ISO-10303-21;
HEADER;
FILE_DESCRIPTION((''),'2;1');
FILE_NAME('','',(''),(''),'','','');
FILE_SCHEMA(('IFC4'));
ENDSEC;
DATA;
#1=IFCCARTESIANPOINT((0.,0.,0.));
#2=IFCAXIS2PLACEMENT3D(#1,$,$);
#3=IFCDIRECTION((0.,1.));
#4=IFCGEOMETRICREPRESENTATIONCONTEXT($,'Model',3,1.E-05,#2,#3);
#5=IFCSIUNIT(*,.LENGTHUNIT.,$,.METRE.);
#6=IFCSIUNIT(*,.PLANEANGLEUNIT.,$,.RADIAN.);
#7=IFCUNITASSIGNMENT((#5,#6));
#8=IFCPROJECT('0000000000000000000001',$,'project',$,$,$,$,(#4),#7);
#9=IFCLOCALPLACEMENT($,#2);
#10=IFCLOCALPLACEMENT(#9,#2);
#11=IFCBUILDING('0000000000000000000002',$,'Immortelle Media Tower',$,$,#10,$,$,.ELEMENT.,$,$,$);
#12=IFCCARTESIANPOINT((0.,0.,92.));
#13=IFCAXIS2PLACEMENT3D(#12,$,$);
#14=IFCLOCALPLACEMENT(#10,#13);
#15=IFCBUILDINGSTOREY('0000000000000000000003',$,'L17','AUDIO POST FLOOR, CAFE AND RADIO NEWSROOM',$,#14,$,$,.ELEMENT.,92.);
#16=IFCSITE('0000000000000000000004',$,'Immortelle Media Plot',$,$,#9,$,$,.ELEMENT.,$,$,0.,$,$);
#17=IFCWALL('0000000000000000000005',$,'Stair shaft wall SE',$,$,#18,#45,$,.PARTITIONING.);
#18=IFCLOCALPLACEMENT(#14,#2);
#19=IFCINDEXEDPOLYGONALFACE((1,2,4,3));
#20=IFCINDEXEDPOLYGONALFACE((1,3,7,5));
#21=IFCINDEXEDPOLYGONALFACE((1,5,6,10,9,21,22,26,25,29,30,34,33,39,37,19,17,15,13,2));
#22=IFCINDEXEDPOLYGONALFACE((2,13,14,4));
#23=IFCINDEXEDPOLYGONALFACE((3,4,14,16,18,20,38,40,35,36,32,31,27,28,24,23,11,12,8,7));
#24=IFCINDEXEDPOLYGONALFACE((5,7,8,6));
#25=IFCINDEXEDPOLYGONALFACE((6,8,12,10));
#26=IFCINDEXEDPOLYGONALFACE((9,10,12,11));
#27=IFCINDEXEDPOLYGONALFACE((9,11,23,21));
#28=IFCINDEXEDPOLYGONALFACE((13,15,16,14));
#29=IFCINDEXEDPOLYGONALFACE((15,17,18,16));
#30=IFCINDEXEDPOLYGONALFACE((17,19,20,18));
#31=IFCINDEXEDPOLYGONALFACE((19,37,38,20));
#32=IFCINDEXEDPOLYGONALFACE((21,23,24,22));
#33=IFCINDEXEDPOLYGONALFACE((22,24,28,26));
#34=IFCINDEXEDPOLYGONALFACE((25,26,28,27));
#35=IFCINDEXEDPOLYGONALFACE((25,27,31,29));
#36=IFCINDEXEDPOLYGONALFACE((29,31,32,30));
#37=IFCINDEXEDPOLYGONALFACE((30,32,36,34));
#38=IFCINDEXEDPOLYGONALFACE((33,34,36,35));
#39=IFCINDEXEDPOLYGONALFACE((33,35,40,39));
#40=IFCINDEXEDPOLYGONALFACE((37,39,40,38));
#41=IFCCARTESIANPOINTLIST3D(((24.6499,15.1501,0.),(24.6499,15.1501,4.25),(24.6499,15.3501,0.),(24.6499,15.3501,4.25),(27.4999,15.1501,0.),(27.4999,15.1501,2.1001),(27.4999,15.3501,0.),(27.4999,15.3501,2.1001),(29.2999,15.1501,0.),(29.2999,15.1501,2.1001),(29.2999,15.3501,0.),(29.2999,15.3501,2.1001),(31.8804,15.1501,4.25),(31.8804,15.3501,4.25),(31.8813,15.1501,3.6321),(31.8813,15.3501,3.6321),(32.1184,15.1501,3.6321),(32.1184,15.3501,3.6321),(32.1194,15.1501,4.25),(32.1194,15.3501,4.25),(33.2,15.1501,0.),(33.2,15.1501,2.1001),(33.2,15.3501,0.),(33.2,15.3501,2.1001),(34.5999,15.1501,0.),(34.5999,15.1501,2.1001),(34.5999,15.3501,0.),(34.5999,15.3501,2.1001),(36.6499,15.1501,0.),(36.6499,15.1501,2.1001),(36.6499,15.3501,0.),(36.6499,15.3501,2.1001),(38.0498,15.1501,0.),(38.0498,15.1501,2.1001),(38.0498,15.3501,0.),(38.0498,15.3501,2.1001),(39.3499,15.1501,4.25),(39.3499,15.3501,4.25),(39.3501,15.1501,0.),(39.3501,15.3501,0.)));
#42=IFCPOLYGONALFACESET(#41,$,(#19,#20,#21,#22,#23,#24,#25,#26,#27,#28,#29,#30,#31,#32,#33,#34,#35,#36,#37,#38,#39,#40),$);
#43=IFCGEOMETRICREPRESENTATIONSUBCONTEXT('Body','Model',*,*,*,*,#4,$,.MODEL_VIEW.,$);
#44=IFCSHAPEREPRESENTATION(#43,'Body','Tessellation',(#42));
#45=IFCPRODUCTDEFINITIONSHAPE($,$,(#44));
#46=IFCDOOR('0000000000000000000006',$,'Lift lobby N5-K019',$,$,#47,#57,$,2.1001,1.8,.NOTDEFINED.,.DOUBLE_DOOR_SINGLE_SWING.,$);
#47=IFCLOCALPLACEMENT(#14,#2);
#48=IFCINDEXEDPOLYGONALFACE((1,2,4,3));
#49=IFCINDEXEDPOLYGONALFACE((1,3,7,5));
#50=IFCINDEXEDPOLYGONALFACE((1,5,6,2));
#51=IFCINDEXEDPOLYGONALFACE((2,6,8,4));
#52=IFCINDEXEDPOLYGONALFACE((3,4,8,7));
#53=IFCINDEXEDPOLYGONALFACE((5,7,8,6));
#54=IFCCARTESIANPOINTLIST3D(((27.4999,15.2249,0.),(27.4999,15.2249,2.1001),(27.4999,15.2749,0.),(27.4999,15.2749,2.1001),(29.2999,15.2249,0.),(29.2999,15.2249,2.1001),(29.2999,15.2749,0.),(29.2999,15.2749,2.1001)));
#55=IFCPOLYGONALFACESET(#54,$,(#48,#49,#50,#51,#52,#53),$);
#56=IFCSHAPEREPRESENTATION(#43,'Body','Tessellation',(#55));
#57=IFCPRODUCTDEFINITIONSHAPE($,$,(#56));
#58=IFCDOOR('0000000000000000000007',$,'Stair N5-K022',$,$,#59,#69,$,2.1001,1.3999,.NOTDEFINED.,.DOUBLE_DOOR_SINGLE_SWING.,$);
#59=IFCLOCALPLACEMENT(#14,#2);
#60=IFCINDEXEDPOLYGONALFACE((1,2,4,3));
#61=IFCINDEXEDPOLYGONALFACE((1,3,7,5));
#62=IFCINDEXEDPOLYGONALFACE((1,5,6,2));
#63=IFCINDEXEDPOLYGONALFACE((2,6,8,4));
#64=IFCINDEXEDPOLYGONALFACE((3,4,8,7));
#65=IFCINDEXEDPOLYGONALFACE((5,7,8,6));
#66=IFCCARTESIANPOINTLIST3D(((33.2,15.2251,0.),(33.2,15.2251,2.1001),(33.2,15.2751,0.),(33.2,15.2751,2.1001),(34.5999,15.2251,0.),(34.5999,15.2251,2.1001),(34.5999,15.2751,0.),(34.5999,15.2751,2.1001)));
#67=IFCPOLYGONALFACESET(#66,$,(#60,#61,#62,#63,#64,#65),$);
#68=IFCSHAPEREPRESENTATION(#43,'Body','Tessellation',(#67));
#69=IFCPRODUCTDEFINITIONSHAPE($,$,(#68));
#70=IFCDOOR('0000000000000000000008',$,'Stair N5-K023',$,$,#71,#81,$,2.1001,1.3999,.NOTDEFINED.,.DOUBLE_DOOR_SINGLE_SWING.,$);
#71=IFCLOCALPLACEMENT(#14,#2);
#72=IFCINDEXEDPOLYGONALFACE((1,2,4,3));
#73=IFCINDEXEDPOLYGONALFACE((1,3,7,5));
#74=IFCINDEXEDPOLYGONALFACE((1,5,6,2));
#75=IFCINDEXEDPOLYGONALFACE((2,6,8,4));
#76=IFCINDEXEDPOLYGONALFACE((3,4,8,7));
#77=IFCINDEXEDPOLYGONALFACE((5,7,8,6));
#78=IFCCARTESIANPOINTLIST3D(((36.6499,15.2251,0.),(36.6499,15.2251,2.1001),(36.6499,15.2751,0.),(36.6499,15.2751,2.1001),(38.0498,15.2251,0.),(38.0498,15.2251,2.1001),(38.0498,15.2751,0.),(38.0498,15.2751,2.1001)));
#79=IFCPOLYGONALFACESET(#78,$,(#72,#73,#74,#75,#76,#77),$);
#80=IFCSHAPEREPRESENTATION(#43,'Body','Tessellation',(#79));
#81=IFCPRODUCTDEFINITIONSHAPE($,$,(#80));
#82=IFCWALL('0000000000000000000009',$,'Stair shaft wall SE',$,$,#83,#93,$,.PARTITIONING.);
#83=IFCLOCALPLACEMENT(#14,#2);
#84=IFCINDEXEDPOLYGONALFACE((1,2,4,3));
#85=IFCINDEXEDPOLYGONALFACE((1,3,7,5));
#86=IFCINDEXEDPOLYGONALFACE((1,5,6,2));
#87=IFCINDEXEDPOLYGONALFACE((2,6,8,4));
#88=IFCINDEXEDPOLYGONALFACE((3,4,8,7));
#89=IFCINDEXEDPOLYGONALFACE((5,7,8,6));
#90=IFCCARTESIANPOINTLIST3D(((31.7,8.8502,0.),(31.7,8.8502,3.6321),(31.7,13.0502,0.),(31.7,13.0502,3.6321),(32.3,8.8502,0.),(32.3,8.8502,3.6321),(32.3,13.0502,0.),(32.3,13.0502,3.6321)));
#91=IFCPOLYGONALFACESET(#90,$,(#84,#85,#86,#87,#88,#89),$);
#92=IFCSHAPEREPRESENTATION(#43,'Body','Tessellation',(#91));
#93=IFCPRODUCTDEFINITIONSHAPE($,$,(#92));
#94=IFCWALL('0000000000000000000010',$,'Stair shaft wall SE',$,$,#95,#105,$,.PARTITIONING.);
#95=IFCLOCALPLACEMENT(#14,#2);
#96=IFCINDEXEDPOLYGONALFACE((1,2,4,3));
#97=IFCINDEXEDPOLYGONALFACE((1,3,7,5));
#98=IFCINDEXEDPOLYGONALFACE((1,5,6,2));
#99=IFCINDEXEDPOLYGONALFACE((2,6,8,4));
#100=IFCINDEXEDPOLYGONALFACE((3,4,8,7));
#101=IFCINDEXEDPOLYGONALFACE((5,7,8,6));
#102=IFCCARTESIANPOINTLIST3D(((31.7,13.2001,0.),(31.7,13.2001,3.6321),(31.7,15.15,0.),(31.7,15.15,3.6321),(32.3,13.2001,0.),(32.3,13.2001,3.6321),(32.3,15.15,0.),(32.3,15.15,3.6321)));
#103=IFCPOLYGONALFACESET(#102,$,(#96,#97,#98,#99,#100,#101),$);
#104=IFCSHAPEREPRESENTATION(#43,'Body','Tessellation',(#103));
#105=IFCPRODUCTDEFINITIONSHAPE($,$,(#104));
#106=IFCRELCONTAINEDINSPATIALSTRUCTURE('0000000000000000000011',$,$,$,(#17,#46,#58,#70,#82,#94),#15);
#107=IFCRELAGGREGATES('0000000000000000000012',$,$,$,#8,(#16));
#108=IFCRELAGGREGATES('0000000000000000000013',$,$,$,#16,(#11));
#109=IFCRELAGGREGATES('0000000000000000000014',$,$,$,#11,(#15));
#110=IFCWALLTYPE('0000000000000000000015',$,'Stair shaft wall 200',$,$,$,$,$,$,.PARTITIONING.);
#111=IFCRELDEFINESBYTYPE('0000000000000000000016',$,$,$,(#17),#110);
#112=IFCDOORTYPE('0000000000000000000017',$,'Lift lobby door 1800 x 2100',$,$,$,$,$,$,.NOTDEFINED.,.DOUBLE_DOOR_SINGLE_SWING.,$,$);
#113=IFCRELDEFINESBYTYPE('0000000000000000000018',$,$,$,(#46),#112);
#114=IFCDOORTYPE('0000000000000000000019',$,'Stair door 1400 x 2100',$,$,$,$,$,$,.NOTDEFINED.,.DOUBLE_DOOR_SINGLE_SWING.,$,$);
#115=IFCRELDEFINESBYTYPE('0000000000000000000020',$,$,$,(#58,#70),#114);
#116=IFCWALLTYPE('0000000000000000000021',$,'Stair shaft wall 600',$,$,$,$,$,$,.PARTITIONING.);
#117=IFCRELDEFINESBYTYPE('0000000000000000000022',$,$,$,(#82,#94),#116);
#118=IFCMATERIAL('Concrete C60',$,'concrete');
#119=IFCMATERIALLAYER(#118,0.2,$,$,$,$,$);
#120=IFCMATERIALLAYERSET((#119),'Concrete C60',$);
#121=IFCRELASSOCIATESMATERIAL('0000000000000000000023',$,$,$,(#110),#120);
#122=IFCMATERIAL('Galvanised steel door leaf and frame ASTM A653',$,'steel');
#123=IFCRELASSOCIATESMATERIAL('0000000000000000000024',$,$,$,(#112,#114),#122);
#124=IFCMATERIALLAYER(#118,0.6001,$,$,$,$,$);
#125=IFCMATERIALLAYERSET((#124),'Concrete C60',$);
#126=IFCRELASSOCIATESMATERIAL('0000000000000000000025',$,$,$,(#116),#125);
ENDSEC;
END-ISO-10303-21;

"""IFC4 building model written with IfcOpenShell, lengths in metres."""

from ifc_helpers import new_model, si_unit, direction, frame, frame_2d, origin, place, context, subcontext, project, spatial, polyline, rectangle, outline, extrude, material, layer, layer_set, type_object, element, fill, save


model = new_model("IFC4")

# Units and contexts
model_context = context("Model", 3, precision=1e-05, world=origin(), true_north=direction((0.0, 1.0)))
body_context = subcontext(model_context, "Body", "Model", "MODEL_VIEW")
ifc_project = project(units=[si_unit("LENGTHUNIT", "METRE"), si_unit("PLANEANGLEUNIT", "RADIAN")], contexts=[model_context])

# Site, building, storey
site_placement = place(None, origin())
site = spatial("IfcSite", under=ifc_project, at=site_placement, Name="Immortelle Media Plot", CompositionType="ELEMENT", RefElevation=0.0)
building_placement = place(site_placement, origin())
building = spatial("IfcBuilding", under=site, at=building_placement, Name="Immortelle Media Tower", CompositionType="ELEMENT")
storey_placement = place(building_placement, frame((0.0, 0.0, 92.0)))
storey = spatial("IfcBuildingStorey", under=building, at=storey_placement, Name="L17", Description="AUDIO POST FLOOR, CAFE AND RADIO NEWSROOM", CompositionType="ELEMENT", Elevation=92.0)

# Shared definitions
ifc_material_1 = material(Name="Galvanised steel door leaf and frame ASTM A653", Category="steel")

# Wall, openings, doors
ifc_material_2 = material(Name="Concrete C60", Category="concrete")
ifc_layer_1 = layer(ifc_material_2, 0.2)
ifc_layer_set_1 = layer_set([ifc_layer_1], Name="Concrete C60")
wall_type_1 = type_object("IfcWallType", Name="Stair shaft wall 200", PredefinedType="PARTITIONING", material=ifc_layer_set_1)
wall_1_placement = place(storey_placement, frame((24.6499, 15.25, 0.0), z_axis=(0.0, 0.0, 1.0), x_axis=(1.0, 0.0, 0.0)))
wall_1 = element("IfcWall", 1, at=wall_1_placement, inside=storey, type_object=wall_type_1, Name="Stair shaft wall SE", PredefinedType="PARTITIONING", context=body_context, shape_type="SweptSolid", body=[
    extrude(outline(polyline([(0.0, 0.0), (14.7002, 0.0), (14.7, 4.25), (7.4695, 4.25), (7.4685, 3.6321), (7.2314, 3.6321), (7.2305, 4.25), (0.0, 4.25), (0.0, 0.0)])), frame((0.0, 0.1001, 0.0), z_axis=(0.0, -1.0, 0.0), x_axis=(1.0, 0.0, 0.0)), (0.0, 0.0, 1.0), 0.2),
])
opening_1_placement = place(wall_1_placement, frame((2.8501, 0.0, 0.0)))
opening_1 = element("IfcOpeningElement", 2, at=opening_1_placement, cuts=wall_1, PredefinedType="OPENING", context=body_context, shape_type="SweptSolid", body=[
    extrude(rectangle(XDim=1.8, YDim=2.1001, at=frame_2d((0.8999, 1.05))), frame((0.0, 0.1099, 0.0), z_axis=(0.0, -1.0, 0.0), x_axis=(1.0, 0.0, 0.0)), (0.0, 0.0, 1.0), 0.22),
])
opening_2_placement = place(wall_1_placement, frame((9.95, 0.0, 0.0), z_axis=(0.0, 0.0, 1.0), x_axis=(-1.0, 0.0, 0.0)))
opening_2 = element("IfcOpeningElement", 3, at=opening_2_placement, cuts=wall_1, PredefinedType="OPENING", context=body_context, shape_type="SweptSolid", body=[
    extrude(rectangle(XDim=1.3999, YDim=2.1001, at=frame_2d((0.7, 1.05))), frame((0.0, 0.1099, 0.0), z_axis=(0.0, -1.0, 0.0), x_axis=(1.0, 0.0, 0.0)), (0.0, 0.0, 1.0), 0.22),
])
opening_3_placement = place(wall_1_placement, frame((13.3999, 0.0, 0.0), z_axis=(0.0, 0.0, 1.0), x_axis=(-1.0, 0.0, 0.0)))
opening_3 = element("IfcOpeningElement", 4, at=opening_3_placement, cuts=wall_1, PredefinedType="OPENING", context=body_context, shape_type="SweptSolid", body=[
    extrude(rectangle(XDim=1.3999, YDim=2.1001, at=frame_2d((0.7, 1.05))), frame((0.0, 0.1099, 0.0), z_axis=(0.0, -1.0, 0.0), x_axis=(1.0, 0.0, 0.0)), (0.0, 0.0, 1.0), 0.22),
])
door_type_1 = type_object("IfcDoorType", Name="Lift lobby door 1800 x 2100", OperationType="DOUBLE_DOOR_SINGLE_SWING", PredefinedType="NOTDEFINED", material=ifc_material_1)
door_1_placement = place(opening_1_placement, origin())
door_1 = element("IfcDoor", 5, at=door_1_placement, inside=storey, type_object=door_type_1, Name="Lift lobby N5-K019", OperationType="DOUBLE_DOOR_SINGLE_SWING", OverallHeight=2.1001, OverallWidth=1.8, PredefinedType="NOTDEFINED", context=body_context, shape_type="SweptSolid", body=[
    extrude(rectangle(XDim=1.8, YDim=2.1001, at=frame_2d((0.8999, 1.05))), frame((0.0, 0.0249, 0.0), z_axis=(0.0, -1.0, 0.0), x_axis=(1.0, 0.0, 0.0)), (0.0, 0.0, 1.0), 0.05),
])
fill(opening_1, door_1)
door_type_2 = type_object("IfcDoorType", Name="Stair door 1400 x 2100", OperationType="DOUBLE_DOOR_SINGLE_SWING", PredefinedType="NOTDEFINED", material=ifc_material_1)
door_2_placement = place(opening_2_placement, origin())
door_2 = element("IfcDoor", 6, at=door_2_placement, inside=storey, type_object=door_type_2, Name="Stair N5-K022", OperationType="DOUBLE_DOOR_SINGLE_SWING", OverallHeight=2.1001, OverallWidth=1.3999, PredefinedType="NOTDEFINED", context=body_context, shape_type="SweptSolid", body=[
    extrude(rectangle(XDim=1.3999, YDim=2.1001, at=frame_2d((0.7, 1.05))), frame((0.0, 0.0249, 0.0), z_axis=(0.0, -1.0, 0.0), x_axis=(1.0, 0.0, 0.0)), (0.0, 0.0, 1.0), 0.05),
])
fill(opening_2, door_2)
door_3_placement = place(opening_3_placement, origin())
door_3 = element("IfcDoor", 7, at=door_3_placement, inside=storey, type_object=door_type_2, Name="Stair N5-K023", OperationType="DOUBLE_DOOR_SINGLE_SWING", OverallHeight=2.1001, OverallWidth=1.3999, PredefinedType="NOTDEFINED", context=body_context, shape_type="SweptSolid", body=[
    extrude(rectangle(XDim=1.3999, YDim=2.1001, at=frame_2d((0.7, 1.05))), frame((0.0, 0.0249, 0.0), z_axis=(0.0, -1.0, 0.0), x_axis=(1.0, 0.0, 0.0)), (0.0, 0.0, 1.0), 0.05),
])
fill(opening_3, door_3)

# Walls
ifc_layer_2 = layer(ifc_material_2, 0.6001)
ifc_layer_set_2 = layer_set([ifc_layer_2], Name="Concrete C60")
wall_type_2 = type_object("IfcWallType", Name="Stair shaft wall 600", PredefinedType="PARTITIONING", material=ifc_layer_set_2)
wall_2_placement = place(storey_placement, frame((32.0, 8.8501, 0.0), z_axis=(0.0, 0.0, 1.0), x_axis=(0.0, 1.0, 0.0)))
element("IfcWall", 8, at=wall_2_placement, inside=storey, type_object=wall_type_2, Name="Stair shaft wall SE", PredefinedType="PARTITIONING", context=body_context, shape_type="SweptSolid", body=[
    extrude(rectangle(XDim=4.2, YDim=0.6001, at=frame_2d((2.1001, 0.0))), origin(), (0.0, 0.0, 1.0), 3.6321),
])
wall_3_placement = place(storey_placement, frame((32.0, 13.2, 0.0), z_axis=(0.0, 0.0, 1.0), x_axis=(0.0, 1.0, 0.0)))
element("IfcWall", 9, at=wall_3_placement, inside=storey, type_object=wall_type_2, Name="Stair shaft wall SE", PredefinedType="PARTITIONING", context=body_context, shape_type="SweptSolid", body=[
    extrude(rectangle(XDim=1.95, YDim=0.6001, at=frame_2d((0.9751, 0.0))), origin(), (0.0, 0.0, 1.0), 3.6321),
])

save(model, "model.ifc")
